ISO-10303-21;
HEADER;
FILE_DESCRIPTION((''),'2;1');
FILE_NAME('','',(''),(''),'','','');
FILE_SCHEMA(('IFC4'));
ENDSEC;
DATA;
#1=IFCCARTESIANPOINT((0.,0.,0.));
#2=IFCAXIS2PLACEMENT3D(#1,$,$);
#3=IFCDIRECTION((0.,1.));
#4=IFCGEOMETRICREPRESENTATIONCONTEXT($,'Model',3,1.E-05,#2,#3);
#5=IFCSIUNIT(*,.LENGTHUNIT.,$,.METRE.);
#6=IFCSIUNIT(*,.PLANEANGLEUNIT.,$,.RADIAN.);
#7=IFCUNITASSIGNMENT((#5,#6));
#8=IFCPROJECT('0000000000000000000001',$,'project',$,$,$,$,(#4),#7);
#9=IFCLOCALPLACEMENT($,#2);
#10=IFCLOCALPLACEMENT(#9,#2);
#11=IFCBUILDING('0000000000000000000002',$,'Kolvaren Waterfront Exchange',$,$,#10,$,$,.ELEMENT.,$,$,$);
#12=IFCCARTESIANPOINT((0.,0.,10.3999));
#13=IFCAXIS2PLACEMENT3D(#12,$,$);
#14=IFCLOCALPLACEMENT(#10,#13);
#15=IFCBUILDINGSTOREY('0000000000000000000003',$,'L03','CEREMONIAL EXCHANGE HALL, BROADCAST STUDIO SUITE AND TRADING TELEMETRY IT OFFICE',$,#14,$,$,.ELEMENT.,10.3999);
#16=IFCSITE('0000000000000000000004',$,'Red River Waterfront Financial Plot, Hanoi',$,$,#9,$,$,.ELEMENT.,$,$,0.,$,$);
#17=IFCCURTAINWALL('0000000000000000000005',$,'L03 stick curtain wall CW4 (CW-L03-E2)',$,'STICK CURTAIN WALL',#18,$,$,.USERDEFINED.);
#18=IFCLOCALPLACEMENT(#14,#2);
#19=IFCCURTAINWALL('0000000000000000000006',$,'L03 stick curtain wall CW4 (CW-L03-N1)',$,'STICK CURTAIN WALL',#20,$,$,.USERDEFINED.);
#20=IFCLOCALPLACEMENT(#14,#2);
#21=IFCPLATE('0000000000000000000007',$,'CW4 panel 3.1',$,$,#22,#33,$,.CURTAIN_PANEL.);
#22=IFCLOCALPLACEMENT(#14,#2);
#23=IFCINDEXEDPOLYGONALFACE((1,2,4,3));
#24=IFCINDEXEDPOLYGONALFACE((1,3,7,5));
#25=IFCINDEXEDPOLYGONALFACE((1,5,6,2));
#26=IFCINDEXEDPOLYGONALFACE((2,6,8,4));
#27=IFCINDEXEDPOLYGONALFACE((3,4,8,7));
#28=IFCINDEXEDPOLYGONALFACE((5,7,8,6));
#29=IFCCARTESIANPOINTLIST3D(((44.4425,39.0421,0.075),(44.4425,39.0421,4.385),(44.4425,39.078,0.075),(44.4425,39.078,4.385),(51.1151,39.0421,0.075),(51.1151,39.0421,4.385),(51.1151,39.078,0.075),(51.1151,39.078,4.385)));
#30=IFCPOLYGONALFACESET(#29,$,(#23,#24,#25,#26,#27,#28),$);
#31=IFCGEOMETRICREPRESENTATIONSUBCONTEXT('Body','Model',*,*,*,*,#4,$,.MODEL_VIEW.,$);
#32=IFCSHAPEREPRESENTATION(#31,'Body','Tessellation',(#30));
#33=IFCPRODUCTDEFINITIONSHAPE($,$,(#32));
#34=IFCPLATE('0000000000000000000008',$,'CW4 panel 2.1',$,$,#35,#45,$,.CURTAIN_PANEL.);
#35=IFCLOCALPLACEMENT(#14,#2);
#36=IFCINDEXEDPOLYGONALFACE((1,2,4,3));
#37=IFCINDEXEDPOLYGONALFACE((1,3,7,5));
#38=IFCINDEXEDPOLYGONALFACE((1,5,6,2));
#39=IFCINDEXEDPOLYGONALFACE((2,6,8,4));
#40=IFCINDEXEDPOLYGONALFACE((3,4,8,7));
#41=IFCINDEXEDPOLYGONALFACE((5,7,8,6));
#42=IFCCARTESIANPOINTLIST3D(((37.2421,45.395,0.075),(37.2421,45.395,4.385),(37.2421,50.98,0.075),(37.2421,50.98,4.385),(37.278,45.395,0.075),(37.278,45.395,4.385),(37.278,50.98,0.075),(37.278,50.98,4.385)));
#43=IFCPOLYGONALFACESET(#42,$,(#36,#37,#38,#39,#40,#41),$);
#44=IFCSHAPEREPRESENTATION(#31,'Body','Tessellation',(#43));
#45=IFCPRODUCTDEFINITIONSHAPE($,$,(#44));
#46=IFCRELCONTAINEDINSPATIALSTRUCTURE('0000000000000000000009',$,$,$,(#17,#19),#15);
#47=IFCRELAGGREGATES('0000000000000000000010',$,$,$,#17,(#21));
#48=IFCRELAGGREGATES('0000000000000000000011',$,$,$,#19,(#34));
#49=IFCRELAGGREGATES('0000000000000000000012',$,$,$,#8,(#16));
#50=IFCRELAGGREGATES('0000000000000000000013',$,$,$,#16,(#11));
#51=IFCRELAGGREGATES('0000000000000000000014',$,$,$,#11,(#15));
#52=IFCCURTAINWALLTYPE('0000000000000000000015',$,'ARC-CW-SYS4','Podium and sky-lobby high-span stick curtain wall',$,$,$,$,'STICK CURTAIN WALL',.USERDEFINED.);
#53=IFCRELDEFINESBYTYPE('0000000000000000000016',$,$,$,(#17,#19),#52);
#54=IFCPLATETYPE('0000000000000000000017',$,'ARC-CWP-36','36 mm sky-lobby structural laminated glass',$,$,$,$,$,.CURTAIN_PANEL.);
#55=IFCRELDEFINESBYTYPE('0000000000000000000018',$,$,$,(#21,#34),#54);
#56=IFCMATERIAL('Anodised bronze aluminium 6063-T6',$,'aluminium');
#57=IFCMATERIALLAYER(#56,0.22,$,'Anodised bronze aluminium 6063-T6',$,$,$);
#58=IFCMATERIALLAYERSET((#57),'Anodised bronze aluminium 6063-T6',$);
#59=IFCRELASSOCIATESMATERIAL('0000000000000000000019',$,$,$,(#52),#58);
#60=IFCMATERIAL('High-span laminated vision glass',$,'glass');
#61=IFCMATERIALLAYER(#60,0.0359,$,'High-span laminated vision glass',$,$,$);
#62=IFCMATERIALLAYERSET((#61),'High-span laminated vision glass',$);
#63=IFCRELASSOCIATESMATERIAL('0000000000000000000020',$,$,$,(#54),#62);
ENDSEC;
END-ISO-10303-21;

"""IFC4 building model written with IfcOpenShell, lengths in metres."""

from ifc_helpers import new_model, si_unit, direction, frame, origin, origin_with_axes, origin_2d, place, context, subcontext, project, spatial, rectangle, extrude, source, transform, mapped, material, layer, layer_set, type_object, element, aggregate, save


model = new_model("IFC4")

# Units and contexts
model_context = context("Model", 3, precision=1e-05, world=origin(), true_north=direction((0.0, 1.0)))
body_context = subcontext(model_context, "Body", "Model", "MODEL_VIEW")
ifc_project = project(units=[si_unit("LENGTHUNIT", "METRE"), si_unit("PLANEANGLEUNIT", "RADIAN")], contexts=[model_context])

# Site, building, storey
site_placement = place(None, origin())
site = spatial("IfcSite", under=ifc_project, at=site_placement, Name="Red River Waterfront Financial Plot, Hanoi", CompositionType="ELEMENT", RefElevation=0.0)
building_placement = place(site_placement, origin())
building = spatial("IfcBuilding", under=site, at=building_placement, Name="Kolvaren Waterfront Exchange", CompositionType="ELEMENT")
storey_placement = place(building_placement, frame((0.0, 0.0, 10.3999)))
storey = spatial("IfcBuildingStorey", under=building, at=storey_placement, Name="L03", Description="CEREMONIAL EXCHANGE HALL, BROADCAST STUDIO SUITE AND TRADING TELEMETRY IT OFFICE", CompositionType="ELEMENT", Elevation=10.3999)

# Curtain wall
ifc_material_1 = material(Name="Anodised bronze aluminium 6063-T6", Category="aluminium")
ifc_layer_1 = layer(ifc_material_1, 0.22, Name="Anodised bronze aluminium 6063-T6")
ifc_layer_set_1 = layer_set([ifc_layer_1], Name="Anodised bronze aluminium 6063-T6")
curtain_wall_type = type_object("IfcCurtainWallType", Name="ARC-CW-SYS4", Description="Podium and sky-lobby high-span stick curtain wall", ElementType="STICK CURTAIN WALL", PredefinedType="USERDEFINED", material=ifc_layer_set_1)
curtain_wall_1_placement = place(storey_placement, origin())
curtain_wall_1 = element("IfcCurtainWall", 1, at=curtain_wall_1_placement, inside=storey, type_object=curtain_wall_type, Name="L03 stick curtain wall CW4 (CW-L03-E2)", ObjectType="STICK CURTAIN WALL", PredefinedType="USERDEFINED")

# Curtain wall
curtain_wall_2_placement = place(storey_placement, origin())
curtain_wall_2 = element("IfcCurtainWall", 2, at=curtain_wall_2_placement, inside=storey, type_object=curtain_wall_type, Name="L03 stick curtain wall CW4 (CW-L03-N1)", ObjectType="STICK CURTAIN WALL", PredefinedType="USERDEFINED")

# Plates
ifc_material_2 = material(Name="High-span laminated vision glass", Category="glass")
ifc_layer_2 = layer(ifc_material_2, 0.0359, Name="High-span laminated vision glass")
ifc_layer_set_2 = layer_set([ifc_layer_2], Name="High-span laminated vision glass")
plate_type = type_object("IfcPlateType", Name="ARC-CWP-36", Description="36 mm sky-lobby structural laminated glass", PredefinedType="CURTAIN_PANEL", material=ifc_layer_set_2)
shared_shape_1 = source(origin_with_axes(), body_context, "Body", "SweptSolid", [
    extrude(rectangle(XDim=6.6726, YDim=0.0359, at=origin_2d()), origin(), (0.0, 0.0, 1.0), 4.3101),
])
plate_1_placement = place(storey_placement, frame((47.7788, 39.0601, 0.075), z_axis=(0.0, 0.0, 1.0), x_axis=(-1.0, 0.0, 0.0)))
plate_1 = element("IfcPlate", 3, at=plate_1_placement, type_object=plate_type, Name="CW4 panel 3.1", PredefinedType="CURTAIN_PANEL", context=body_context, shape_type="MappedRepresentation", body=[
    mapped(shared_shape_1, transform((0.0, 0.0, 0.0), x_axis=(1.0, 0.0, 0.0), y_axis=(0.0, 1.0, 0.0), z_axis=(0.0, 0.0, 1.0), scale=1.0)),
])
aggregate(curtain_wall_1, [plate_1])
shared_shape_2 = source(origin_with_axes(), body_context, "Body", "SweptSolid", [
    extrude(rectangle(XDim=5.585, YDim=0.0359, at=origin_2d()), origin(), (0.0, 0.0, 1.0), 4.3101),
])
plate_2_placement = place(storey_placement, frame((37.26, 48.1875, 0.075), z_axis=(0.0, 0.0, 1.0), x_axis=(0.0, 1.0, 0.0)))
plate_2 = element("IfcPlate", 4, at=plate_2_placement, type_object=plate_type, Name="CW4 panel 2.1", PredefinedType="CURTAIN_PANEL", context=body_context, shape_type="MappedRepresentation", body=[
    mapped(shared_shape_2, transform((0.0, 0.0, 0.0), x_axis=(1.0, 0.0, 0.0), y_axis=(0.0, 1.0, 0.0), z_axis=(0.0, 0.0, 1.0), scale=1.0)),
])
aggregate(curtain_wall_2, [plate_2])

save(model, "model.ifc")
